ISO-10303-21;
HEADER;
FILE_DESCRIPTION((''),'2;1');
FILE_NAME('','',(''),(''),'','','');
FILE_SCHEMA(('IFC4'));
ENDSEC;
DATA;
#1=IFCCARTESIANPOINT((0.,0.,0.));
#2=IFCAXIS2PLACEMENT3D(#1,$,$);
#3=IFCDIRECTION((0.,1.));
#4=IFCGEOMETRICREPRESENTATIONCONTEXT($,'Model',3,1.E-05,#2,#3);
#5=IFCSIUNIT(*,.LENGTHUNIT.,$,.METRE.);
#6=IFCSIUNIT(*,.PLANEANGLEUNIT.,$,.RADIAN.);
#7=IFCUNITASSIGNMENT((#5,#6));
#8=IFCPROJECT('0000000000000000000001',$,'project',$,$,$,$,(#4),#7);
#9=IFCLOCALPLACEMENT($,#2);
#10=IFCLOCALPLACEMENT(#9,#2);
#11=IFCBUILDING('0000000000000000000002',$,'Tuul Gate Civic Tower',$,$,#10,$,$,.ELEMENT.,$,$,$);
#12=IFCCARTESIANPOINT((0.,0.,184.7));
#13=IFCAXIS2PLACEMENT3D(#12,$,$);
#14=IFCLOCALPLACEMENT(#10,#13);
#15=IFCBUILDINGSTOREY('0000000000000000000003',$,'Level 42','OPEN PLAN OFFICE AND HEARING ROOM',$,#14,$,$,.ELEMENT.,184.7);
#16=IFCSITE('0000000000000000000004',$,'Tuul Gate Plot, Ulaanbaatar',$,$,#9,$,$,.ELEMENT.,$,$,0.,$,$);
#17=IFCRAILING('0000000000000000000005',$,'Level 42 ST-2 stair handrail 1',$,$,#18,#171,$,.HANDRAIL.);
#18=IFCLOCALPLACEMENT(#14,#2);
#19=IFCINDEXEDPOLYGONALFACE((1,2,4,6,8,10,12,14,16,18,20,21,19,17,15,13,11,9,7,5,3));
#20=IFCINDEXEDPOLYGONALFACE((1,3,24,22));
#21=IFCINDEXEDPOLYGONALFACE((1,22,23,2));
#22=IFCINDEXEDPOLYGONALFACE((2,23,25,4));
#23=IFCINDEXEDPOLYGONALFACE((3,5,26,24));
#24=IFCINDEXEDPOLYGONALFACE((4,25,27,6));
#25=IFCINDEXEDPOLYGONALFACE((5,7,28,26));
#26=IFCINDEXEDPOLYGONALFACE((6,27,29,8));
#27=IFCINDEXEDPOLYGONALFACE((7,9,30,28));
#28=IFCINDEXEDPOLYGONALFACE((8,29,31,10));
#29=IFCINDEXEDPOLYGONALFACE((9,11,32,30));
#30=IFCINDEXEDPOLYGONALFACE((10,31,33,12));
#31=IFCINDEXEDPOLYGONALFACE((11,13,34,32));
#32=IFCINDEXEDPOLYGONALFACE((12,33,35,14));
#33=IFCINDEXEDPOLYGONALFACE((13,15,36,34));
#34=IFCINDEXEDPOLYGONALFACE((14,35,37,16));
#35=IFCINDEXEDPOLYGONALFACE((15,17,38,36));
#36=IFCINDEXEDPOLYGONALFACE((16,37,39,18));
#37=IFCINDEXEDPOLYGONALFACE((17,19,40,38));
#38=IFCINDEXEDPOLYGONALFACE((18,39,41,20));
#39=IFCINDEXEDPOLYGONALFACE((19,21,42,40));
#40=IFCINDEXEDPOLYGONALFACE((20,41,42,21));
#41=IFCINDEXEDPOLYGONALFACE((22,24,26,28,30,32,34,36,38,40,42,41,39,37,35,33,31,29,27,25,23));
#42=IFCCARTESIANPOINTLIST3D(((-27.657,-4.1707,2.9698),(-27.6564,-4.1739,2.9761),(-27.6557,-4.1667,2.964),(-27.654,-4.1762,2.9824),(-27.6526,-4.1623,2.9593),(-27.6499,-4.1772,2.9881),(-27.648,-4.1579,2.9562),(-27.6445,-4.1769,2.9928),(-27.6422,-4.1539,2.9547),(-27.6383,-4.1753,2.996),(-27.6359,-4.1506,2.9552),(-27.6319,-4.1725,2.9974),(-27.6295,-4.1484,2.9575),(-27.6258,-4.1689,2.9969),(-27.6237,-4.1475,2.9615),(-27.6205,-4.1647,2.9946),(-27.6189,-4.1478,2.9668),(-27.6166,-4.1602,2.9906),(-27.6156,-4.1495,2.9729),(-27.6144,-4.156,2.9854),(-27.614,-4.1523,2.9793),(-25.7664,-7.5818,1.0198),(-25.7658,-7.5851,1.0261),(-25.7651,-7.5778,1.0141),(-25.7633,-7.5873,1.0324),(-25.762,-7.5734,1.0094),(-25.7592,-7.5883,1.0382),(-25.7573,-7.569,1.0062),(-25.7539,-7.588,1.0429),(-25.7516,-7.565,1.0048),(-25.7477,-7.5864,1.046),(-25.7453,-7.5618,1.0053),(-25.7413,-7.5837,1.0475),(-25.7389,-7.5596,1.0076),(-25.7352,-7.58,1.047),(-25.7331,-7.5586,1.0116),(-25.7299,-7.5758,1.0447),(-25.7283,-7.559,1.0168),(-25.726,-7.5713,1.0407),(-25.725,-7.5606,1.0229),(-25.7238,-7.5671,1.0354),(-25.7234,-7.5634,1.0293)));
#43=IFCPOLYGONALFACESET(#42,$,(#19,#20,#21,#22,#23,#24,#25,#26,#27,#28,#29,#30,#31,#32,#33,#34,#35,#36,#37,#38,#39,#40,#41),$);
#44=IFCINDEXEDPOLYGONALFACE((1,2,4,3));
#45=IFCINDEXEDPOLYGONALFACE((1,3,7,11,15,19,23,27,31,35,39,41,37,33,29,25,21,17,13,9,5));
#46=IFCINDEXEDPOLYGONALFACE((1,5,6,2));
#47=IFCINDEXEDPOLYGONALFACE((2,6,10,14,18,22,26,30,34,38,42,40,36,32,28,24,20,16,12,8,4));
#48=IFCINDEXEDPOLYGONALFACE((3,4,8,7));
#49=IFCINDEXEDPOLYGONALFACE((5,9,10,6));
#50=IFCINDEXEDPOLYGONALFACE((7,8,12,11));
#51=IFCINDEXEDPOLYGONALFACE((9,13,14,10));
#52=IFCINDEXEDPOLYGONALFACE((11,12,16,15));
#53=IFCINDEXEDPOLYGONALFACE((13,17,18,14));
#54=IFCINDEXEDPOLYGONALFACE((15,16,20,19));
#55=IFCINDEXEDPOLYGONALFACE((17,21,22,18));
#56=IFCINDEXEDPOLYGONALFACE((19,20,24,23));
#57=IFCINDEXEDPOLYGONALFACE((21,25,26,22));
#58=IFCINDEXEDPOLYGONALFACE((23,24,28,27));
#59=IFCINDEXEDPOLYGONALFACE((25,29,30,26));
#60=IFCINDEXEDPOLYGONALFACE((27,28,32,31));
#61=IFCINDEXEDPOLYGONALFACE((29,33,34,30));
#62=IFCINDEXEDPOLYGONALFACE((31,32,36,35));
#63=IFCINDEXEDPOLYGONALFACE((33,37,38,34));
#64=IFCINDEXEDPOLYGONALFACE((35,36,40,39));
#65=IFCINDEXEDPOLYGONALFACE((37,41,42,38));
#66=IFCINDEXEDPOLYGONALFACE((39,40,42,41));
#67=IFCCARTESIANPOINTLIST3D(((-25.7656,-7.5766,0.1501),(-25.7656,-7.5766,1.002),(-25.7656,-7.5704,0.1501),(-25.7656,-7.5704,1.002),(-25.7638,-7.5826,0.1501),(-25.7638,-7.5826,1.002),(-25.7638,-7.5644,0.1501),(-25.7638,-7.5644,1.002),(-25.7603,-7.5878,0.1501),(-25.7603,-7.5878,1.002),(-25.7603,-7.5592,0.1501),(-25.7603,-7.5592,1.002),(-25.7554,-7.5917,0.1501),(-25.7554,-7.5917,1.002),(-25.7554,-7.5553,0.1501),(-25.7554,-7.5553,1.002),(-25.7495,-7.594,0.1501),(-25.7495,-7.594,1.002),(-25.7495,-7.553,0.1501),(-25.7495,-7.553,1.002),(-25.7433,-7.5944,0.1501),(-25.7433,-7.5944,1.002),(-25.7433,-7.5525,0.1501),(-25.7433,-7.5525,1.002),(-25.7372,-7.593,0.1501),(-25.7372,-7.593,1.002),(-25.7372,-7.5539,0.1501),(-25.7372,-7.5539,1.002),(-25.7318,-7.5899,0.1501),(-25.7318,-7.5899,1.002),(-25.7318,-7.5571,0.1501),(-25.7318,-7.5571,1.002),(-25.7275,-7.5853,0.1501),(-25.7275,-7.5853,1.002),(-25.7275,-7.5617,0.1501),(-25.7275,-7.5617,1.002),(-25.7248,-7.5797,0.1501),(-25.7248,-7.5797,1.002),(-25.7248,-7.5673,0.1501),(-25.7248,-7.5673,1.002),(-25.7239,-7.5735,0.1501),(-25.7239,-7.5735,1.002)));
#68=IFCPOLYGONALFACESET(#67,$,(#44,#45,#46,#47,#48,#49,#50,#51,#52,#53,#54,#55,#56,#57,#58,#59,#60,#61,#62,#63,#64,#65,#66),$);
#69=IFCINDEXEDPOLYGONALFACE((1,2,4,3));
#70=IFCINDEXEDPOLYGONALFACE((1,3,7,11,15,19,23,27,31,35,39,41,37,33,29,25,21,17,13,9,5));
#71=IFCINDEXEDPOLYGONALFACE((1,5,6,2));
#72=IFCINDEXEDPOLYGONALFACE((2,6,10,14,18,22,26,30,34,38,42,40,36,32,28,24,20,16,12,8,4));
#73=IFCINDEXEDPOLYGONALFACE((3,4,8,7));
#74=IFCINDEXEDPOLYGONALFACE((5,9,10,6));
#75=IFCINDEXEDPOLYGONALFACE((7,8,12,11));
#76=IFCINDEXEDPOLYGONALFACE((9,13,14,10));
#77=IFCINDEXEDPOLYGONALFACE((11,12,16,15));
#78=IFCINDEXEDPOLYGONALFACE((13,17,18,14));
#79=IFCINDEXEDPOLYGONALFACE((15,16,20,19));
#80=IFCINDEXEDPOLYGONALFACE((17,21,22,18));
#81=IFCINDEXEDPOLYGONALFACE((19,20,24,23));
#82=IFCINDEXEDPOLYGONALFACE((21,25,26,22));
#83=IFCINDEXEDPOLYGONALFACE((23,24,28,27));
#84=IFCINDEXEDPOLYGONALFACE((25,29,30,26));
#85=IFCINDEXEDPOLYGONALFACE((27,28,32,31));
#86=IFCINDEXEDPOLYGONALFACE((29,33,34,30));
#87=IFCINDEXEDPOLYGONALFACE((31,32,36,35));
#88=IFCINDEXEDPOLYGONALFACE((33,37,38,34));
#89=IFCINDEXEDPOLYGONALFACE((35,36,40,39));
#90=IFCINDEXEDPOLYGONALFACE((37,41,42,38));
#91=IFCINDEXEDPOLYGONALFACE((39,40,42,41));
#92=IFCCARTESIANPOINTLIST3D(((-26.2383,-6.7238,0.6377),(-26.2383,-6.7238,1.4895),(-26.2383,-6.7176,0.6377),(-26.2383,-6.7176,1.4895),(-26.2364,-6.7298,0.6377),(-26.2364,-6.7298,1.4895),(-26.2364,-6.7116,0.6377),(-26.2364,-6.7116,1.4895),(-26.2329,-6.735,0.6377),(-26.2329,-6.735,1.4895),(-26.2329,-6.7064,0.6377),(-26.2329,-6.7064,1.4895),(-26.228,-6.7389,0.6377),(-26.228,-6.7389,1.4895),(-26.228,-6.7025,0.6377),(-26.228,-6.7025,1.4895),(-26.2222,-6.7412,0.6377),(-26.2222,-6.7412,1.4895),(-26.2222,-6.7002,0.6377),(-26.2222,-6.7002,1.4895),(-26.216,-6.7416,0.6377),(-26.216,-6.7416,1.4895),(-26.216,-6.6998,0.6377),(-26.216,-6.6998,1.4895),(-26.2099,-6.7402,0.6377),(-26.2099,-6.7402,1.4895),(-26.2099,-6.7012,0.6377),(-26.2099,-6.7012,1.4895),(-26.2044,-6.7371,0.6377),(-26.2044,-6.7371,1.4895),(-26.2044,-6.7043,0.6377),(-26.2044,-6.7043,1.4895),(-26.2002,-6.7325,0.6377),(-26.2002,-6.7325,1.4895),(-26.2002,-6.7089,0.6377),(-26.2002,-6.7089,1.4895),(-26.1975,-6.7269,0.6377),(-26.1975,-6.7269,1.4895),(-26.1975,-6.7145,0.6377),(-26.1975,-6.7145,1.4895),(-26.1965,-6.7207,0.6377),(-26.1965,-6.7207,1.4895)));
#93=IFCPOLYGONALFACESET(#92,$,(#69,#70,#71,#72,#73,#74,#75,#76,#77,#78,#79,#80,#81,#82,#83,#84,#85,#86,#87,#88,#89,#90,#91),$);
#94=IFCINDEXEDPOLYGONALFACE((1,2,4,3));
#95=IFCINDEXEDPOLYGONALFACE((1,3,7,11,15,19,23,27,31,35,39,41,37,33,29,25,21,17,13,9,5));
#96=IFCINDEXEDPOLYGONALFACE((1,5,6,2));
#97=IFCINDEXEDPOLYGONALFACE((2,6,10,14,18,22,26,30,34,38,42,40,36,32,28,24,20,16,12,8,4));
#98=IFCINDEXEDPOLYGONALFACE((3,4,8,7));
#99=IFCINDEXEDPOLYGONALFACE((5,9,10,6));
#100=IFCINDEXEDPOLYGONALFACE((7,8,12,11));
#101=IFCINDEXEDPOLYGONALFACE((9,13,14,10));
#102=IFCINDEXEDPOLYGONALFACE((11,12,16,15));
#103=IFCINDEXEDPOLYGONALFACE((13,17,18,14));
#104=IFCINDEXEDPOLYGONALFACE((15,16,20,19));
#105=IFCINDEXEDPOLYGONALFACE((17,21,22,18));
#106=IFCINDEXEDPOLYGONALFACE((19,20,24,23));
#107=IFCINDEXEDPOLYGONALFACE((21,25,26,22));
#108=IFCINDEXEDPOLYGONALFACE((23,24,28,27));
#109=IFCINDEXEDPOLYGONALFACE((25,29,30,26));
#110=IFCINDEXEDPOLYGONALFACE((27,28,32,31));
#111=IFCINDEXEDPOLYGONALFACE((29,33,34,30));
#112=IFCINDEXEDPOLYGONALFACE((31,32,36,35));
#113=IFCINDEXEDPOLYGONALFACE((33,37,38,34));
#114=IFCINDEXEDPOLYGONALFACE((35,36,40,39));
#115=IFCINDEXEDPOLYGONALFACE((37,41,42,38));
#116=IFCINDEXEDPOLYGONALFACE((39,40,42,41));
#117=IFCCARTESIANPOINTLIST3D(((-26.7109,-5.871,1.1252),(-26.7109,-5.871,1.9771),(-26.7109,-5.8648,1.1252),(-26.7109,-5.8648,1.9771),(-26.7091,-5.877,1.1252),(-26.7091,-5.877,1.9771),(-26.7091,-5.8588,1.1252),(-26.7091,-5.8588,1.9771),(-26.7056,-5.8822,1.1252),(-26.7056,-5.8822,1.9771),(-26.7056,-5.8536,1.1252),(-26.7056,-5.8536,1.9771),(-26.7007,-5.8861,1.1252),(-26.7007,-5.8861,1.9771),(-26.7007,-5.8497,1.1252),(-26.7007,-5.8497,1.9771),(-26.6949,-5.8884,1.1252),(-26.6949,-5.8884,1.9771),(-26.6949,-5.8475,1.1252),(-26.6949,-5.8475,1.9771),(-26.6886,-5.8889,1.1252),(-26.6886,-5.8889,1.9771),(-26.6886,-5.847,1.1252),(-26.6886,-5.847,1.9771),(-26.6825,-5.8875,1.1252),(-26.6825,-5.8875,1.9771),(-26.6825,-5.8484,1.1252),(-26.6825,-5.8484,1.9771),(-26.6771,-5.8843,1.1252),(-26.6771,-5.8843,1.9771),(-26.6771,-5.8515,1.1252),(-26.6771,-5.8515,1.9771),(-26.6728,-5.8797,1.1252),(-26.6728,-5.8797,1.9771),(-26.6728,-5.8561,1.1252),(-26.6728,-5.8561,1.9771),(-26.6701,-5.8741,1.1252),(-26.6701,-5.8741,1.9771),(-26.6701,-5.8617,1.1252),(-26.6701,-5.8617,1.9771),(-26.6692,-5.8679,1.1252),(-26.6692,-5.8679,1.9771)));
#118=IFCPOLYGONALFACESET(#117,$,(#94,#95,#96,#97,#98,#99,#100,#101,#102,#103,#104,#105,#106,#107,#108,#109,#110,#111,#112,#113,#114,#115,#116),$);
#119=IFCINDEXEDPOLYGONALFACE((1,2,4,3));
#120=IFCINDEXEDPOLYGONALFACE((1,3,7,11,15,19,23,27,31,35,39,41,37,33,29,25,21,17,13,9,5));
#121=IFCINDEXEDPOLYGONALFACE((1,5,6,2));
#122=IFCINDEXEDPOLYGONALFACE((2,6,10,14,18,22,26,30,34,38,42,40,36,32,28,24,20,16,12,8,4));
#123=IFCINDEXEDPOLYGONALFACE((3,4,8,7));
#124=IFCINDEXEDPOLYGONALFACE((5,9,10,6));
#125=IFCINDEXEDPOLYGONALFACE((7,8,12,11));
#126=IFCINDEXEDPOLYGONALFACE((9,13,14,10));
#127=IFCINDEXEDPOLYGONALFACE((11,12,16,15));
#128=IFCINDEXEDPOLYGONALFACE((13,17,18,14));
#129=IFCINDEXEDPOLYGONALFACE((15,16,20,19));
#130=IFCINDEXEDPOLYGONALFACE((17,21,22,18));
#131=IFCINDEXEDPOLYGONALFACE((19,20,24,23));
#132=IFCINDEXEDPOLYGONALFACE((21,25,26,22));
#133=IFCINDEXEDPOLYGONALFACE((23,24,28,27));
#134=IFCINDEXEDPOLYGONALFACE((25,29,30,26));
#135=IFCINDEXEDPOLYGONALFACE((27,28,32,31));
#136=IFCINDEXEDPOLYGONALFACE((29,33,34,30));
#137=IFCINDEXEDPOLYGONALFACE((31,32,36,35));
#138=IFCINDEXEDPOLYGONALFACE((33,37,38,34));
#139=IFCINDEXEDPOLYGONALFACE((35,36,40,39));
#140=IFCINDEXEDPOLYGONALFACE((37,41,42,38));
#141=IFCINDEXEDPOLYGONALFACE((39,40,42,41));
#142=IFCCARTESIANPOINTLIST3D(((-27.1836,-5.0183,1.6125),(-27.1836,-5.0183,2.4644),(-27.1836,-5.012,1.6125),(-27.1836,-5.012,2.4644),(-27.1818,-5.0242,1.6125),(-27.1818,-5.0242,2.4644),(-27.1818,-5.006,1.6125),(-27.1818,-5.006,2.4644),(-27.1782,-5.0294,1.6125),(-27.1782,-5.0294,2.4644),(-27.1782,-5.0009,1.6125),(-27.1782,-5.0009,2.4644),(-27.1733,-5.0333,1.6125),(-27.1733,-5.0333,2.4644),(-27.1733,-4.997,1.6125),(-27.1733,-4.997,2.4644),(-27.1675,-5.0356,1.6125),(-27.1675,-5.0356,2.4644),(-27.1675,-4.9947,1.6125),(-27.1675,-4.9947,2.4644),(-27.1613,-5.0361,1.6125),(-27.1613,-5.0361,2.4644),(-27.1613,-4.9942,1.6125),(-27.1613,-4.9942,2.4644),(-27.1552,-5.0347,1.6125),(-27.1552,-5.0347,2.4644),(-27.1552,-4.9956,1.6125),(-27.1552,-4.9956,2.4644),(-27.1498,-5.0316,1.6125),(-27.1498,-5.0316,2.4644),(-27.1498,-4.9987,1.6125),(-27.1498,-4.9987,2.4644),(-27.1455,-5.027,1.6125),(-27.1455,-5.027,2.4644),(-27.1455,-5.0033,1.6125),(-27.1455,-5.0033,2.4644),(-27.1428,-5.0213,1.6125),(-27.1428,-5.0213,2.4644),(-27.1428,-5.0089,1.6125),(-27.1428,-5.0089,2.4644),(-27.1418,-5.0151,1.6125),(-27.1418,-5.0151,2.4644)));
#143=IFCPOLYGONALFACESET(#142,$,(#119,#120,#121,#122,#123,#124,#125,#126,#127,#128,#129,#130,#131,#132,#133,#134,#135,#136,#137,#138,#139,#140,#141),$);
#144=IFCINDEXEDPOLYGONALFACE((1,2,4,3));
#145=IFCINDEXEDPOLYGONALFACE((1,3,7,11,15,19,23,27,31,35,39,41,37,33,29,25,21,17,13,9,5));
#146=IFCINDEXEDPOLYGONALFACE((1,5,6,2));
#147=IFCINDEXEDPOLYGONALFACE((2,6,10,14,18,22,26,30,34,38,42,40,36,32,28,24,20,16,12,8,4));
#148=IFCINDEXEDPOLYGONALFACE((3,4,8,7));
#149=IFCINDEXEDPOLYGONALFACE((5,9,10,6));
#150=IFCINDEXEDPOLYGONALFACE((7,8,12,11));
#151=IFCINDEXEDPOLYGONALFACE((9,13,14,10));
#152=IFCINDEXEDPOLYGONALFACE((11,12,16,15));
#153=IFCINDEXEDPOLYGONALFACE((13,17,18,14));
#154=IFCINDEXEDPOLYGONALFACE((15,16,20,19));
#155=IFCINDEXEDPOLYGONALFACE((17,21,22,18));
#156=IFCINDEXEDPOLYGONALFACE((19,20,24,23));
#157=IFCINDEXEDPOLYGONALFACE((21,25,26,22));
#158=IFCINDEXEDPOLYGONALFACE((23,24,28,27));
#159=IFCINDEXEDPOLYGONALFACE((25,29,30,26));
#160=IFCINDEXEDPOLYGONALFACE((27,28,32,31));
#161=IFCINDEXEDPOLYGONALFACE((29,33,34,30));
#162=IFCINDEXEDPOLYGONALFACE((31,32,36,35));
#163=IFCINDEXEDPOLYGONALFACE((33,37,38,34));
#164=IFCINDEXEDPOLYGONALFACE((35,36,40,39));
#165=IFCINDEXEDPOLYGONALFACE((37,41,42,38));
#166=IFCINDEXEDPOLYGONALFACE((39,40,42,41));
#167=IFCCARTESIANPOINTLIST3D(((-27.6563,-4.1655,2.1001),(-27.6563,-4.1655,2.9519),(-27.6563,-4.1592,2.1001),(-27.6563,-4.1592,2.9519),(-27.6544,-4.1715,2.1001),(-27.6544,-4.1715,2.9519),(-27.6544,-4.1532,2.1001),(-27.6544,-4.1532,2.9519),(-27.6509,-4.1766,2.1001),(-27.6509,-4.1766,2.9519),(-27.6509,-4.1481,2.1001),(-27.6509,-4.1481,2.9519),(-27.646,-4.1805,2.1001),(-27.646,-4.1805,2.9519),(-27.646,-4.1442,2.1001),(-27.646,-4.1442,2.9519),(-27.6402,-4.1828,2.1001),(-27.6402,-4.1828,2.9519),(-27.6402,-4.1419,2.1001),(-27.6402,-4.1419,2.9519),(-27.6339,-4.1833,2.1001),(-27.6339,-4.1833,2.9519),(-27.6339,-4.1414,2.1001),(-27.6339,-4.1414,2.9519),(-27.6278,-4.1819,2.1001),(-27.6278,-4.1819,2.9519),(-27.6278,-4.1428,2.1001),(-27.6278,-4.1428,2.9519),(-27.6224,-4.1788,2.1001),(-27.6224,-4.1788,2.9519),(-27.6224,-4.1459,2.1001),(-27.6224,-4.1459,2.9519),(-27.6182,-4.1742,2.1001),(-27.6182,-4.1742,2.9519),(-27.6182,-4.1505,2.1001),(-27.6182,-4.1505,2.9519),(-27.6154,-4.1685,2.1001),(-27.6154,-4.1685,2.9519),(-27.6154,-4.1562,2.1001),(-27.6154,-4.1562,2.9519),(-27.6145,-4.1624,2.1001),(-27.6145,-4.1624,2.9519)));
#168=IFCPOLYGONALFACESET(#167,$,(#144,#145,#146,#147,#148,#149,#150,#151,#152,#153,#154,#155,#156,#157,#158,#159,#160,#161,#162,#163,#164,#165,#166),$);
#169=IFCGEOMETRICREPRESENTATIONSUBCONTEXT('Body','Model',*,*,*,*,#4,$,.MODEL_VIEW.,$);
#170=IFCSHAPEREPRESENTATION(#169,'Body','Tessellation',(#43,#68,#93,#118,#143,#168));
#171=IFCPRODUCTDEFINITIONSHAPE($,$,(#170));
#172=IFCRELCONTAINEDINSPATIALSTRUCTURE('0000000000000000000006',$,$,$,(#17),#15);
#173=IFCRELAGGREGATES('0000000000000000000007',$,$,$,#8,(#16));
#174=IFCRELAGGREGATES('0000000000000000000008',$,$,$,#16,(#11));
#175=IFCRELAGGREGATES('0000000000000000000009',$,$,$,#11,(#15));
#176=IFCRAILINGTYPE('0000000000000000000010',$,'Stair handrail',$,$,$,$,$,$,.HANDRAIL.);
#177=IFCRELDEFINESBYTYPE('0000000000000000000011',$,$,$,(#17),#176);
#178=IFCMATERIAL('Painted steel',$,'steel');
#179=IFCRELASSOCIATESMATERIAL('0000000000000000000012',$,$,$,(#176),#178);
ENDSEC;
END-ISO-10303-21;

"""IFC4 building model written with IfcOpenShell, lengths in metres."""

from ifc_helpers import new_model, si_unit, direction, frame, origin, origin_2d, place, context, subcontext, project, spatial, circle, extrude, material, type_object, element, save


model = new_model("IFC4")

# Units and contexts
model_context = context("Model", 3, precision=1e-05, world=origin(), true_north=direction((0.0, 1.0)))
body_context = subcontext(model_context, "Body", "Model", "MODEL_VIEW")
ifc_project = project(units=[si_unit("LENGTHUNIT", "METRE"), si_unit("PLANEANGLEUNIT", "RADIAN")], contexts=[model_context])

# Site, building, storey
site_placement = place(None, origin())
site = spatial("IfcSite", under=ifc_project, at=site_placement, Name="Tuul Gate Plot, Ulaanbaatar", CompositionType="ELEMENT", RefElevation=0.0)
building_placement = place(site_placement, origin())
building = spatial("IfcBuilding", under=site, at=building_placement, Name="Tuul Gate Civic Tower", CompositionType="ELEMENT")
storey_placement = place(building_placement, frame((0.0, 0.0, 184.7)))
storey = spatial("IfcBuildingStorey", under=building, at=storey_placement, Name="Level 42", Description="OPEN PLAN OFFICE AND HEARING ROOM", CompositionType="ELEMENT", Elevation=184.7)

# Railing
ifc_material_1 = material(Name="Painted steel", Category="steel")
railing_type = type_object("IfcRailingType", Name="Stair handrail", PredefinedType="HANDRAIL", material=ifc_material_1)
railing_1_placement = place(storey_placement, frame((-25.7449, -7.5735, 0.1501)))
element("IfcRailing", 1, at=railing_1_placement, inside=storey, type_object=railing_type, Name="Level 42 ST-2 stair handrail 1", PredefinedType="HANDRAIL", context=body_context, shape_type="SweptSolid", body=[
    extrude(circle(Radius=0.0239, at=origin_2d()), frame((0.0, 0.0, 0.876), z_axis=(-0.433595, 0.782308, 0.447201), x_axis=(-0.874641, -0.484771, 0.0)), (0.0, 0.0, 1.0), 4.3604),
    extrude(circle(Radius=0.021, at=origin_2d()), origin(), (0.0, 0.0, 1.0), 0.8518),
    extrude(circle(Radius=0.021, at=origin_2d()), frame((-0.4727, 0.8528, 0.4875)), (0.0, 0.0, 1.0), 0.8518),
    extrude(circle(Radius=0.021, at=origin_2d()), frame((-0.9453, 1.7056, 0.9751)), (0.0, 0.0, 1.0), 0.8518),
    extrude(circle(Radius=0.021, at=origin_2d()), frame((-1.418, 2.5583, 1.4624)), (0.0, 0.0, 1.0), 0.8518),
    extrude(circle(Radius=0.021, at=origin_2d()), frame((-1.8906, 3.4111, 1.95)), (0.0, 0.0, 1.0), 0.8518),
])

save(model, "model.ifc")
